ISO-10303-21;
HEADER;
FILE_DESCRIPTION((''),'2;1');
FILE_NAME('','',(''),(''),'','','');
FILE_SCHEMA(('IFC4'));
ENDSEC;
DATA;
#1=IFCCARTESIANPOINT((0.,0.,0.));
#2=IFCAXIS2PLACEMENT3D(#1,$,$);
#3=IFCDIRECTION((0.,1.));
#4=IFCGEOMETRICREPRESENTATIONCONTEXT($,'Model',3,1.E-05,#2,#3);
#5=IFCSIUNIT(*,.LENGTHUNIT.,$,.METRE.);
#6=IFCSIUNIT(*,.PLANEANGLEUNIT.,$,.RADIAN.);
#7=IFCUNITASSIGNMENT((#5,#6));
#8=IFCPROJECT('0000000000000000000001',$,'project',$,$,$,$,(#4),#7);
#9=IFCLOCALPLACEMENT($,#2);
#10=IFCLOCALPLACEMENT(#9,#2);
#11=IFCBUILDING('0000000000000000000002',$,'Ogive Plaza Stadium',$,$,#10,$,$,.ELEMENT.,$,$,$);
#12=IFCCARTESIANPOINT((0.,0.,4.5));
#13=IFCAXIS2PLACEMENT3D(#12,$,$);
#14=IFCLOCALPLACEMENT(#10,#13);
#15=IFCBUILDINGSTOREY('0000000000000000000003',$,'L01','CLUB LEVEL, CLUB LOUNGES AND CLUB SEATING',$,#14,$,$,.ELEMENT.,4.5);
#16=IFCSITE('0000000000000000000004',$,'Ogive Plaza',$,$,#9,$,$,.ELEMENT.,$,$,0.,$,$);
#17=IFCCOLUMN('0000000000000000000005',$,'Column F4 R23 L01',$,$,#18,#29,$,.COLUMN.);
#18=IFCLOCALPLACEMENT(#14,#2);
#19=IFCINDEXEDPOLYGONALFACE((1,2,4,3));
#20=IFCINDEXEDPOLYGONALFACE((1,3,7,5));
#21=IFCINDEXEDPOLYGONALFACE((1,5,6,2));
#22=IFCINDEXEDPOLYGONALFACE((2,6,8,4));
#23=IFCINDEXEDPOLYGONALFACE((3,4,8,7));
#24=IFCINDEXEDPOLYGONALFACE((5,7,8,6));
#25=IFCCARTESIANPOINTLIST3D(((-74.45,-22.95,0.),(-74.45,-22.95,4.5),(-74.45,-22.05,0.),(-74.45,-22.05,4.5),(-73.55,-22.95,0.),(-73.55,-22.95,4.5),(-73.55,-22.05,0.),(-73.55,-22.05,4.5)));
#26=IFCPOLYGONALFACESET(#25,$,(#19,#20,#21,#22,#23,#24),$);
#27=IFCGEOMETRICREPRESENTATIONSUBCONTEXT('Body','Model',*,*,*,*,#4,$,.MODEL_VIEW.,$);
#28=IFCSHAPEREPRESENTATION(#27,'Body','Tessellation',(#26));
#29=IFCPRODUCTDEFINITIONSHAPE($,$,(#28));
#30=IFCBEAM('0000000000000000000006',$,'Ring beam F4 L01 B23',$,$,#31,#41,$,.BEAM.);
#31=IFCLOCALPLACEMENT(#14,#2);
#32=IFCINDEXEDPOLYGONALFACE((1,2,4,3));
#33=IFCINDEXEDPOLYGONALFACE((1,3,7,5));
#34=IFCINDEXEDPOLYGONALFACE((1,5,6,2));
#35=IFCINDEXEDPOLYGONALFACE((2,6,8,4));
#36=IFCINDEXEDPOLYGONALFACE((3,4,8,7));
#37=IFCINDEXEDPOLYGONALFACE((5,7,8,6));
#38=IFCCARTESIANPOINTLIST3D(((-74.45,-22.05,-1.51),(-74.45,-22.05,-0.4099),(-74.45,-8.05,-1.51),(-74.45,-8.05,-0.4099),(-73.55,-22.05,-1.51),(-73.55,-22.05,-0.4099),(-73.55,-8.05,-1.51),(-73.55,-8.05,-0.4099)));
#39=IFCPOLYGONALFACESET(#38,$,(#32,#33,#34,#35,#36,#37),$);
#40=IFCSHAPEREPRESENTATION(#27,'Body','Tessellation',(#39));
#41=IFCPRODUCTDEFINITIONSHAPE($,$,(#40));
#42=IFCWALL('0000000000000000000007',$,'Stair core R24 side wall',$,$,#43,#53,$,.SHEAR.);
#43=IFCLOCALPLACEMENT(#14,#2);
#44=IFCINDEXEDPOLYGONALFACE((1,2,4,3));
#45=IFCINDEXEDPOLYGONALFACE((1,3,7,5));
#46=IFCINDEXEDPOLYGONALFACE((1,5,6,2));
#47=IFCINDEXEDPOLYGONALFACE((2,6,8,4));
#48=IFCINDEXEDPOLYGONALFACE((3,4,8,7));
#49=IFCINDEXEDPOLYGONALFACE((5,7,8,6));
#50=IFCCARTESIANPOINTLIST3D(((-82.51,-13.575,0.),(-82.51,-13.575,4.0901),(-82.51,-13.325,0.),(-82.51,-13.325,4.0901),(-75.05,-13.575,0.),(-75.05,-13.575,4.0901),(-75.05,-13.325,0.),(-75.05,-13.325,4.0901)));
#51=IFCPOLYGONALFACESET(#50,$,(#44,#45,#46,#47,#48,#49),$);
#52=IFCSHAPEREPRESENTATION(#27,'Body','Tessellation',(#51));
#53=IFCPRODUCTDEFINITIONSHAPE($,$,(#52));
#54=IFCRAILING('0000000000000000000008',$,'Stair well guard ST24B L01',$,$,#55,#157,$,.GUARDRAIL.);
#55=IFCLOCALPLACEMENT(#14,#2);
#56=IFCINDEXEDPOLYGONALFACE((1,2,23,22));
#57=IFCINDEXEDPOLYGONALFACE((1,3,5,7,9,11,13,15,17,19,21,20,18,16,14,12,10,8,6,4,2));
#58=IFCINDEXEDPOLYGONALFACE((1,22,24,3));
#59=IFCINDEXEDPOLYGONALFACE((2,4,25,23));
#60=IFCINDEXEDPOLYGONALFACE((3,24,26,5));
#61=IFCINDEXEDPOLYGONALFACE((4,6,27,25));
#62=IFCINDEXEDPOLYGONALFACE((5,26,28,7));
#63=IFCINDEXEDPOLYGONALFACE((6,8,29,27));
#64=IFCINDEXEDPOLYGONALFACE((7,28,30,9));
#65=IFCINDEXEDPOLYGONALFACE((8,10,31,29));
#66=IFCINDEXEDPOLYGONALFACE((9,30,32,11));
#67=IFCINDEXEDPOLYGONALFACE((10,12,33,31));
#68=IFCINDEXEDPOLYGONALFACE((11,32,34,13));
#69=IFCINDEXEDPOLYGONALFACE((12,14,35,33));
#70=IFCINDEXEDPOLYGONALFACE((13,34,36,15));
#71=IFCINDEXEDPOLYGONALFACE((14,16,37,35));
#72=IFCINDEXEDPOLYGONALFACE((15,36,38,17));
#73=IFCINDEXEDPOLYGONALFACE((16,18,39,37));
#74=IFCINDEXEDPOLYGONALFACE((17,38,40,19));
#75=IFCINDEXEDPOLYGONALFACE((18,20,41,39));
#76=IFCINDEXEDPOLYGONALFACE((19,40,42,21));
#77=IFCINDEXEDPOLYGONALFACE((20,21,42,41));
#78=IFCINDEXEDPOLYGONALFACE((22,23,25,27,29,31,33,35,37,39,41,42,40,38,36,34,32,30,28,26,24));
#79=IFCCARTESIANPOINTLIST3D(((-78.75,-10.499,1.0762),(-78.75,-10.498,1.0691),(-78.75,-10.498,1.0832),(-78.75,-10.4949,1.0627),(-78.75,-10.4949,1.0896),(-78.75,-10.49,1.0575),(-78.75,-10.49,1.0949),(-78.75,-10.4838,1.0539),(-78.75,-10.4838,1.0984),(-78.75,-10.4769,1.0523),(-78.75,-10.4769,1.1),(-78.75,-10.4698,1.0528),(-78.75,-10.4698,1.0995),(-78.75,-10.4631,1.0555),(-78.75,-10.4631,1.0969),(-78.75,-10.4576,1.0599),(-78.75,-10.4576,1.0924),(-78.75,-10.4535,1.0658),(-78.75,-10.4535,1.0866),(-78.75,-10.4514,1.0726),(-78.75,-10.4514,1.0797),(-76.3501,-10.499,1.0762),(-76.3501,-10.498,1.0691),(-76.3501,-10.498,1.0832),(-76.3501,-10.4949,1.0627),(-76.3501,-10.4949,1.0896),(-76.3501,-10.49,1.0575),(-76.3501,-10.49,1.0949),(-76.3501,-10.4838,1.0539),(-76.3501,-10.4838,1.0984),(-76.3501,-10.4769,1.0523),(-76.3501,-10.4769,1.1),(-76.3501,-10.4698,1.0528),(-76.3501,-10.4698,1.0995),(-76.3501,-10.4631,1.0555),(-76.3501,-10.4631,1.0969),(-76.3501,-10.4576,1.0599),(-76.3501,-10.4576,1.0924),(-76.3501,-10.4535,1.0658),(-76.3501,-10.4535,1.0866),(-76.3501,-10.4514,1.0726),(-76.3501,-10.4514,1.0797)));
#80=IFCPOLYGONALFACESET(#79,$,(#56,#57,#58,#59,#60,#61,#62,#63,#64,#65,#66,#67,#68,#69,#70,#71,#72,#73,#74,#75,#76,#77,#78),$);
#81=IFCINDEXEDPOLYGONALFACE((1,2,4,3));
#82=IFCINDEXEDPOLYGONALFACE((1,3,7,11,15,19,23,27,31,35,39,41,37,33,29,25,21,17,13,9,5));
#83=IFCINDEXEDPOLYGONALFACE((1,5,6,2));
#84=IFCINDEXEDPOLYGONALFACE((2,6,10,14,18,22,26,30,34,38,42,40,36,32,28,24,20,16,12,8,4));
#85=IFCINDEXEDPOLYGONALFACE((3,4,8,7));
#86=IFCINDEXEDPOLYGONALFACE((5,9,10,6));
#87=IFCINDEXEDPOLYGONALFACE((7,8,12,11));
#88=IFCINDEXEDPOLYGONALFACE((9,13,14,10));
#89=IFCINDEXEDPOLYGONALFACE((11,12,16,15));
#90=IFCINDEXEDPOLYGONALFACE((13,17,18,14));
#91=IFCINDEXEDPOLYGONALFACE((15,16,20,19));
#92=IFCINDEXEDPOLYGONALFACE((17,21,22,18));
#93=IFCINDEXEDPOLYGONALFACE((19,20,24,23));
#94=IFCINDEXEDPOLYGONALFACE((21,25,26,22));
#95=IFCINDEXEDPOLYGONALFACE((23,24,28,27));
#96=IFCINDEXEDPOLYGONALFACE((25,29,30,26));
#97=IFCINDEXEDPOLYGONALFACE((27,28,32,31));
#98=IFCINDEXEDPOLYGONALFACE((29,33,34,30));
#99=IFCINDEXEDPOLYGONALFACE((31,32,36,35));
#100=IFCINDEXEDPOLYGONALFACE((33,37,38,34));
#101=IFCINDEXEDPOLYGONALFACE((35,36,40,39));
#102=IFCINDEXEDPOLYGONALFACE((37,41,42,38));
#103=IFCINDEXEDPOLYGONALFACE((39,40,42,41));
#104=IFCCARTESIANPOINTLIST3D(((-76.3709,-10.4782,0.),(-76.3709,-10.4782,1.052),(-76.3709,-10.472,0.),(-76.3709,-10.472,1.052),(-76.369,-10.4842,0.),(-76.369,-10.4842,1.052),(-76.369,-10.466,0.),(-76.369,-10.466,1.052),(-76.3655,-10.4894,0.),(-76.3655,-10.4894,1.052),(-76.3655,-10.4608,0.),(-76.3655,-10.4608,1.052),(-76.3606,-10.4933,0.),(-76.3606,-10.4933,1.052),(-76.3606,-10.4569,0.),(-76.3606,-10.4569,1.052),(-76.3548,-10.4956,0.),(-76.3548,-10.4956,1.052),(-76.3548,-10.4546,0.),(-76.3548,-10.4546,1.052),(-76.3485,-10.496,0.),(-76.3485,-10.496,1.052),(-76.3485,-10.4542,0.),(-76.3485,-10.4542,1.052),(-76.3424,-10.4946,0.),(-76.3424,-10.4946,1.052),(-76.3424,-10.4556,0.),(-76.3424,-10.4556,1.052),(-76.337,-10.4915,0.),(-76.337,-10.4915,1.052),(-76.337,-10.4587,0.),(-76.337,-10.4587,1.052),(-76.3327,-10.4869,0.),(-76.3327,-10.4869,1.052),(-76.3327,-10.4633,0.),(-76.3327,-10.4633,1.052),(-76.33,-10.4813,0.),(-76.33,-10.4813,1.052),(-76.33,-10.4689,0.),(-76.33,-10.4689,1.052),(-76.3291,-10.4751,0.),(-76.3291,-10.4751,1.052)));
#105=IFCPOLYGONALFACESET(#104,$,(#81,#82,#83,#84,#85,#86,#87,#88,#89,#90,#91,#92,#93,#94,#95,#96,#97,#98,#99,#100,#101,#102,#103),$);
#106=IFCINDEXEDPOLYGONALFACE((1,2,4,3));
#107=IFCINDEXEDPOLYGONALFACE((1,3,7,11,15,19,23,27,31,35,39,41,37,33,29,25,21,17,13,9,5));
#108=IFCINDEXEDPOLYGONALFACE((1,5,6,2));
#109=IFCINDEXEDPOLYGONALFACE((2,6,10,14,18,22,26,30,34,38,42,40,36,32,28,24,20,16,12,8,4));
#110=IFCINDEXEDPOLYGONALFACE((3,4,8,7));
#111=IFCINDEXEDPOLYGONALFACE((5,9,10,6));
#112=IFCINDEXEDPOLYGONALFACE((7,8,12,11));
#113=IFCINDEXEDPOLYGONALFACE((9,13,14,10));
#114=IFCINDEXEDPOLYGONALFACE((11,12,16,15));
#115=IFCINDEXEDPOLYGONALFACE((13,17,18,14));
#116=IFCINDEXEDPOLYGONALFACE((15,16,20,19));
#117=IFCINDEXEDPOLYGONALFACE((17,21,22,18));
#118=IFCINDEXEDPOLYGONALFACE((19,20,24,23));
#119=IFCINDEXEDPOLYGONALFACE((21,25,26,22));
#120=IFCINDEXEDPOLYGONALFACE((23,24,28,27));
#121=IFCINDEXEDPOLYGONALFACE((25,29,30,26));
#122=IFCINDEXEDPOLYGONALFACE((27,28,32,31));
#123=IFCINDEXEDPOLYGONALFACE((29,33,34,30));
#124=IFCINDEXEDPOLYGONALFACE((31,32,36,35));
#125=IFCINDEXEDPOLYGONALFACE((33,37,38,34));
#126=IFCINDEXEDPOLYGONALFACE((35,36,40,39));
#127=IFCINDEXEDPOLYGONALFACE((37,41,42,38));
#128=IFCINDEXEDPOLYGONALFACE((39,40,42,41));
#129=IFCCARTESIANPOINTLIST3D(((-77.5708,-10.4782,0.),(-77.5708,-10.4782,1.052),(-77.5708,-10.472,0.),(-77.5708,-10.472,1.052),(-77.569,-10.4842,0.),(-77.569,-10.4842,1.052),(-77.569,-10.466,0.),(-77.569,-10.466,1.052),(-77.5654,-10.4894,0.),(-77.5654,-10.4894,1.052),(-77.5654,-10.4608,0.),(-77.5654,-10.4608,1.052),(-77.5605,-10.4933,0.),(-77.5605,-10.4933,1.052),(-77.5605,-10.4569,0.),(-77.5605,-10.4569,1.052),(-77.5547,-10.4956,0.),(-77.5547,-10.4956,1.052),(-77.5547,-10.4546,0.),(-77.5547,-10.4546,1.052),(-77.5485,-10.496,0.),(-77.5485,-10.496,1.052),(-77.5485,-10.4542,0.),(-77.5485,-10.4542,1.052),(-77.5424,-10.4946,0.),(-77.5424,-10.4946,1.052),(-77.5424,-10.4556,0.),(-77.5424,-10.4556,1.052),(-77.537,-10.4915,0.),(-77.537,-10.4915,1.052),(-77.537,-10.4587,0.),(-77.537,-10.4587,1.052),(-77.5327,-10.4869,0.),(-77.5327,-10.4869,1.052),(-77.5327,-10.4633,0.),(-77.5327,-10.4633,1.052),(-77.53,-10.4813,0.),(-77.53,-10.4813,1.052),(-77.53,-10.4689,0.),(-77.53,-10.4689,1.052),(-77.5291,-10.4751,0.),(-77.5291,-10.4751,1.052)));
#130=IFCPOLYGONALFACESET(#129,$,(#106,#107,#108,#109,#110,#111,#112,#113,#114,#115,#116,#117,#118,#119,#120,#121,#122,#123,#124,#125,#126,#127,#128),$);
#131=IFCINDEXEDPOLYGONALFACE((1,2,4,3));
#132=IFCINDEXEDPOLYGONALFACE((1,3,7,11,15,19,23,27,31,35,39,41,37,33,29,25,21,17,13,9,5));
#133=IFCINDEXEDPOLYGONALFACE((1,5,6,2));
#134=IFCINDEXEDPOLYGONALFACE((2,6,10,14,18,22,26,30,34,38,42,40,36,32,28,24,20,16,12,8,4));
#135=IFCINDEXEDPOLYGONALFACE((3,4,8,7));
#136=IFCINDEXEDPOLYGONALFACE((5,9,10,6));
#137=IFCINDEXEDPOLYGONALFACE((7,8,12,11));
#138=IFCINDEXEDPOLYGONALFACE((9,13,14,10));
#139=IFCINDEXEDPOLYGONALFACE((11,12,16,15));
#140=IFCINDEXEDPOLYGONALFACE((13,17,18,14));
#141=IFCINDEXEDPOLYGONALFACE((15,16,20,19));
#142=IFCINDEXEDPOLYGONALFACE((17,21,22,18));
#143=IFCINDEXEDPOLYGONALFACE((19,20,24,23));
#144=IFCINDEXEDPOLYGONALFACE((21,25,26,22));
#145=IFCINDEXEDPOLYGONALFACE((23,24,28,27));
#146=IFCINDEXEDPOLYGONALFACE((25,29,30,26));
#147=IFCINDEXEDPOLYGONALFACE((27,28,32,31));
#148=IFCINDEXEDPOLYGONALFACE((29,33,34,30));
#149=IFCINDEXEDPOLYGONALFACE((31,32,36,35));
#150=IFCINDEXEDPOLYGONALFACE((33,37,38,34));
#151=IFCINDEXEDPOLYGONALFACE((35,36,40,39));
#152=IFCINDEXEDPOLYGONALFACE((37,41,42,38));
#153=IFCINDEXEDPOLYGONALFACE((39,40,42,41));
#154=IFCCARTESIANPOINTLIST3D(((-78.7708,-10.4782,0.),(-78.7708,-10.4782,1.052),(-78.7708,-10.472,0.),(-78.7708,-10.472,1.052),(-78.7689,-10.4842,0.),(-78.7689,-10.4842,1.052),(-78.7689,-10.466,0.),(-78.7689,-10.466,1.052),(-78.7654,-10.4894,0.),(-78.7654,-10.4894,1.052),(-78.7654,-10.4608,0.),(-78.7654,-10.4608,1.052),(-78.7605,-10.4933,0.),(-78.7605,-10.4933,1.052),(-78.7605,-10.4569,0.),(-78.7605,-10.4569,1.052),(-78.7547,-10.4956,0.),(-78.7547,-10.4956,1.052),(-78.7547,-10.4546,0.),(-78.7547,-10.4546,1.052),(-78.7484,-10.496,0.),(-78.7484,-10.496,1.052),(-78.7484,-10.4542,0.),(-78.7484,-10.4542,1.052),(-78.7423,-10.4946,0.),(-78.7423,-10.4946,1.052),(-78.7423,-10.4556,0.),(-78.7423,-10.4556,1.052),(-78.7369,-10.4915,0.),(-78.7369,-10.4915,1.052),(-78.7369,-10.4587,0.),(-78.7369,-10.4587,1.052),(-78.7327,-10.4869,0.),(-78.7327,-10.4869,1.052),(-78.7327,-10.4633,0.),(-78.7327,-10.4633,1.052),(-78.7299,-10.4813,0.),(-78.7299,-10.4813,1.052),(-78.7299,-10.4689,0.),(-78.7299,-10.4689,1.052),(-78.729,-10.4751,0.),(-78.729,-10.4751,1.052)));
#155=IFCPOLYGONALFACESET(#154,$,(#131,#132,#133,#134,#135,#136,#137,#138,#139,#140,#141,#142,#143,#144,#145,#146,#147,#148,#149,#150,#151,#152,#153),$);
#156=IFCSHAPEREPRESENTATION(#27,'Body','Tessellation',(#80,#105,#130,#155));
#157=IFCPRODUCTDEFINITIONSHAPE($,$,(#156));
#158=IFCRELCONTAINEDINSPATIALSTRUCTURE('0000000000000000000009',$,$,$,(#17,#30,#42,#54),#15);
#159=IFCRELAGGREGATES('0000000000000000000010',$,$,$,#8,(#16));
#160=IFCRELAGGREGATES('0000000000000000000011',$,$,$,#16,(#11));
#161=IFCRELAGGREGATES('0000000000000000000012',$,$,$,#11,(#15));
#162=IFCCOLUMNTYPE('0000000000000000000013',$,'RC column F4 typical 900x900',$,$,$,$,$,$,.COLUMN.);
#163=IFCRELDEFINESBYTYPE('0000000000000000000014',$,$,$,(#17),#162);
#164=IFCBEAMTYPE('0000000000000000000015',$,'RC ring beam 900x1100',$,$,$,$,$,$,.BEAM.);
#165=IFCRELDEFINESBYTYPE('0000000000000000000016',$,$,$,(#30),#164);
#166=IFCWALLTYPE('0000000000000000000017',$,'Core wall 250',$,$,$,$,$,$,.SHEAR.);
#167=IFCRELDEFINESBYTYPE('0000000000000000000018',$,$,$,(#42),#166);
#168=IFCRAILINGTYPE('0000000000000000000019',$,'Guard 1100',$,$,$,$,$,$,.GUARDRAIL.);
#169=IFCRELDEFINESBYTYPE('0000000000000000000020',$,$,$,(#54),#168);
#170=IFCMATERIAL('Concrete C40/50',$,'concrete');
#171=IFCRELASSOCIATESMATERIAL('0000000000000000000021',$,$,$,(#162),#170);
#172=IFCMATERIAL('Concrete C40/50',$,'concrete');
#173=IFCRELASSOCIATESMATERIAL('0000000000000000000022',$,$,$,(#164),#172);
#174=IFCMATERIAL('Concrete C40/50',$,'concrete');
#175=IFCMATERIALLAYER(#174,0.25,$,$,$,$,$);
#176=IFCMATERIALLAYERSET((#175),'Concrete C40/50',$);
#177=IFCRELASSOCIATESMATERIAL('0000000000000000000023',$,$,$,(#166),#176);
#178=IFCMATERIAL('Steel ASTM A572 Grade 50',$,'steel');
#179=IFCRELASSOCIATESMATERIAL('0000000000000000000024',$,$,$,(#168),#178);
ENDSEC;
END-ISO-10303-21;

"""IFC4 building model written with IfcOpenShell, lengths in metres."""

from ifc_helpers import new_model, si_unit, direction, frame, frame_2d, origin, origin_2d, place, context, subcontext, project, spatial, rectangle, circle, extrude, material, layer, layer_set, material_profile, profile_set, type_object, element, save


model = new_model("IFC4")

# Units and contexts
model_context = context("Model", 3, precision=1e-05, world=origin(), true_north=direction((0.0, 1.0)))
body_context = subcontext(model_context, "Body", "Model", "MODEL_VIEW")
ifc_project = project(units=[si_unit("LENGTHUNIT", "METRE"), si_unit("PLANEANGLEUNIT", "RADIAN")], contexts=[model_context])

# Site, building, storey
site_placement = place(None, origin())
site = spatial("IfcSite", under=ifc_project, at=site_placement, Name="Ogive Plaza", CompositionType="ELEMENT", RefElevation=0.0)
building_placement = place(site_placement, origin())
building = spatial("IfcBuilding", under=site, at=building_placement, Name="Ogive Plaza Stadium", CompositionType="ELEMENT")
storey_placement = place(building_placement, frame((0.0, 0.0, 4.5)))
storey = spatial("IfcBuildingStorey", under=building, at=storey_placement, Name="L01", Description="CLUB LEVEL, CLUB LOUNGES AND CLUB SEATING", CompositionType="ELEMENT", Elevation=4.5)

# Column
ifc_material_1 = material(Name="Concrete C40/50", Category="concrete")
ifc_material_profile_1 = material_profile(ifc_material_1, rectangle(XDim=0.8999, YDim=0.8999, at=origin_2d()), Name="RC 900x900")
ifc_profile_set_1 = profile_set([ifc_material_profile_1], Name="Concrete C40/50")
column_type = type_object("IfcColumnType", Name="RC column F4 typical 900x900", PredefinedType="COLUMN", material=ifc_profile_set_1)
column_placement = place(storey_placement, frame((-74.0, -22.5, 0.0), z_axis=(0.0, 0.0, 1.0), x_axis=(0.0, -1.0, 0.0)))
element("IfcColumn", 1, at=column_placement, inside=storey, type_object=column_type, Name="Column F4 R23 L01", PredefinedType="COLUMN", context=body_context, shape_type="SweptSolid", body=[
    extrude(rectangle(XDim=0.8999, YDim=0.8999, at=origin_2d()), origin(), (0.0, 0.0, 1.0), 4.5),
])

# Beam
ifc_material_2 = material(Name="Concrete C40/50", Category="concrete")
ifc_material_profile_2 = material_profile(ifc_material_2, rectangle(XDim=0.8999, YDim=1.1001, at=origin_2d()), Name="RC 900x1100")
ifc_profile_set_2 = profile_set([ifc_material_profile_2], Name="Concrete C40/50")
beam_type = type_object("IfcBeamType", Name="RC ring beam 900x1100", PredefinedType="BEAM", material=ifc_profile_set_2)
beam_placement = place(storey_placement, frame((-74.0, -22.05, -0.96), z_axis=(0.0, 1.0, 0.0), x_axis=(-1.0, 0.0, 0.0)))
element("IfcBeam", 2, at=beam_placement, inside=storey, type_object=beam_type, Name="Ring beam F4 L01 B23", PredefinedType="BEAM", context=body_context, shape_type="SweptSolid", body=[
    extrude(rectangle(XDim=0.8999, YDim=1.1001, at=origin_2d()), origin(), (0.0, 0.0, 1.0), 14.0),
])

# Wall
ifc_material_3 = material(Name="Concrete C40/50", Category="concrete")
ifc_layer = layer(ifc_material_3, 0.25)
ifc_layer_set = layer_set([ifc_layer], Name="Concrete C40/50")
wall_type = type_object("IfcWallType", Name="Core wall 250", PredefinedType="SHEAR", material=ifc_layer_set)
wall_placement = place(storey_placement, frame((-75.05, -13.45, 0.0), z_axis=(0.0, 0.0, 1.0), x_axis=(-1.0, 0.0, 0.0)))
element("IfcWall", 3, at=wall_placement, inside=storey, type_object=wall_type, Name="Stair core R24 side wall", PredefinedType="SHEAR", context=body_context, shape_type="SweptSolid", body=[
    extrude(rectangle(XDim=7.46, YDim=0.25, at=frame_2d((3.73, 0.0))), origin(), (0.0, 0.0, 1.0), 4.0901),
])

# Railing
ifc_material_4 = material(Name="Steel ASTM A572 Grade 50", Category="steel")
railing_type_1 = type_object("IfcRailingType", Name="Guard 1100", PredefinedType="GUARDRAIL", material=ifc_material_4)
for number, where, name in (
    (4, (-76.3501, -10.4751, 0.0), "Stair well guard ST24B L01"),
):
    element("IfcRailing", number, at=place(storey_placement, frame(where)), inside=storey, type_object=railing_type_1, Name=name, PredefinedType="GUARDRAIL", context=body_context, shape_type="SweptSolid", body=[
        extrude(circle(Radius=0.0239, at=origin_2d()), frame((0.0, 0.0, 1.0762), z_axis=(-1.0, 0.0, 0.0), x_axis=(0.0, -1.0, 0.0)), (0.0, 0.0, 1.0), 2.3999),
        extrude(circle(Radius=0.021, at=origin_2d()), origin(), (0.0, 0.0, 1.0), 1.052),
        extrude(circle(Radius=0.021, at=origin_2d()), frame((-1.2, 0.0, 0.0)), (0.0, 0.0, 1.0), 1.052),
        extrude(circle(Radius=0.021, at=origin_2d()), frame((-2.3999, 0.0, 0.0)), (0.0, 0.0, 1.0), 1.052),
    ])

save(model, "model.ifc")
